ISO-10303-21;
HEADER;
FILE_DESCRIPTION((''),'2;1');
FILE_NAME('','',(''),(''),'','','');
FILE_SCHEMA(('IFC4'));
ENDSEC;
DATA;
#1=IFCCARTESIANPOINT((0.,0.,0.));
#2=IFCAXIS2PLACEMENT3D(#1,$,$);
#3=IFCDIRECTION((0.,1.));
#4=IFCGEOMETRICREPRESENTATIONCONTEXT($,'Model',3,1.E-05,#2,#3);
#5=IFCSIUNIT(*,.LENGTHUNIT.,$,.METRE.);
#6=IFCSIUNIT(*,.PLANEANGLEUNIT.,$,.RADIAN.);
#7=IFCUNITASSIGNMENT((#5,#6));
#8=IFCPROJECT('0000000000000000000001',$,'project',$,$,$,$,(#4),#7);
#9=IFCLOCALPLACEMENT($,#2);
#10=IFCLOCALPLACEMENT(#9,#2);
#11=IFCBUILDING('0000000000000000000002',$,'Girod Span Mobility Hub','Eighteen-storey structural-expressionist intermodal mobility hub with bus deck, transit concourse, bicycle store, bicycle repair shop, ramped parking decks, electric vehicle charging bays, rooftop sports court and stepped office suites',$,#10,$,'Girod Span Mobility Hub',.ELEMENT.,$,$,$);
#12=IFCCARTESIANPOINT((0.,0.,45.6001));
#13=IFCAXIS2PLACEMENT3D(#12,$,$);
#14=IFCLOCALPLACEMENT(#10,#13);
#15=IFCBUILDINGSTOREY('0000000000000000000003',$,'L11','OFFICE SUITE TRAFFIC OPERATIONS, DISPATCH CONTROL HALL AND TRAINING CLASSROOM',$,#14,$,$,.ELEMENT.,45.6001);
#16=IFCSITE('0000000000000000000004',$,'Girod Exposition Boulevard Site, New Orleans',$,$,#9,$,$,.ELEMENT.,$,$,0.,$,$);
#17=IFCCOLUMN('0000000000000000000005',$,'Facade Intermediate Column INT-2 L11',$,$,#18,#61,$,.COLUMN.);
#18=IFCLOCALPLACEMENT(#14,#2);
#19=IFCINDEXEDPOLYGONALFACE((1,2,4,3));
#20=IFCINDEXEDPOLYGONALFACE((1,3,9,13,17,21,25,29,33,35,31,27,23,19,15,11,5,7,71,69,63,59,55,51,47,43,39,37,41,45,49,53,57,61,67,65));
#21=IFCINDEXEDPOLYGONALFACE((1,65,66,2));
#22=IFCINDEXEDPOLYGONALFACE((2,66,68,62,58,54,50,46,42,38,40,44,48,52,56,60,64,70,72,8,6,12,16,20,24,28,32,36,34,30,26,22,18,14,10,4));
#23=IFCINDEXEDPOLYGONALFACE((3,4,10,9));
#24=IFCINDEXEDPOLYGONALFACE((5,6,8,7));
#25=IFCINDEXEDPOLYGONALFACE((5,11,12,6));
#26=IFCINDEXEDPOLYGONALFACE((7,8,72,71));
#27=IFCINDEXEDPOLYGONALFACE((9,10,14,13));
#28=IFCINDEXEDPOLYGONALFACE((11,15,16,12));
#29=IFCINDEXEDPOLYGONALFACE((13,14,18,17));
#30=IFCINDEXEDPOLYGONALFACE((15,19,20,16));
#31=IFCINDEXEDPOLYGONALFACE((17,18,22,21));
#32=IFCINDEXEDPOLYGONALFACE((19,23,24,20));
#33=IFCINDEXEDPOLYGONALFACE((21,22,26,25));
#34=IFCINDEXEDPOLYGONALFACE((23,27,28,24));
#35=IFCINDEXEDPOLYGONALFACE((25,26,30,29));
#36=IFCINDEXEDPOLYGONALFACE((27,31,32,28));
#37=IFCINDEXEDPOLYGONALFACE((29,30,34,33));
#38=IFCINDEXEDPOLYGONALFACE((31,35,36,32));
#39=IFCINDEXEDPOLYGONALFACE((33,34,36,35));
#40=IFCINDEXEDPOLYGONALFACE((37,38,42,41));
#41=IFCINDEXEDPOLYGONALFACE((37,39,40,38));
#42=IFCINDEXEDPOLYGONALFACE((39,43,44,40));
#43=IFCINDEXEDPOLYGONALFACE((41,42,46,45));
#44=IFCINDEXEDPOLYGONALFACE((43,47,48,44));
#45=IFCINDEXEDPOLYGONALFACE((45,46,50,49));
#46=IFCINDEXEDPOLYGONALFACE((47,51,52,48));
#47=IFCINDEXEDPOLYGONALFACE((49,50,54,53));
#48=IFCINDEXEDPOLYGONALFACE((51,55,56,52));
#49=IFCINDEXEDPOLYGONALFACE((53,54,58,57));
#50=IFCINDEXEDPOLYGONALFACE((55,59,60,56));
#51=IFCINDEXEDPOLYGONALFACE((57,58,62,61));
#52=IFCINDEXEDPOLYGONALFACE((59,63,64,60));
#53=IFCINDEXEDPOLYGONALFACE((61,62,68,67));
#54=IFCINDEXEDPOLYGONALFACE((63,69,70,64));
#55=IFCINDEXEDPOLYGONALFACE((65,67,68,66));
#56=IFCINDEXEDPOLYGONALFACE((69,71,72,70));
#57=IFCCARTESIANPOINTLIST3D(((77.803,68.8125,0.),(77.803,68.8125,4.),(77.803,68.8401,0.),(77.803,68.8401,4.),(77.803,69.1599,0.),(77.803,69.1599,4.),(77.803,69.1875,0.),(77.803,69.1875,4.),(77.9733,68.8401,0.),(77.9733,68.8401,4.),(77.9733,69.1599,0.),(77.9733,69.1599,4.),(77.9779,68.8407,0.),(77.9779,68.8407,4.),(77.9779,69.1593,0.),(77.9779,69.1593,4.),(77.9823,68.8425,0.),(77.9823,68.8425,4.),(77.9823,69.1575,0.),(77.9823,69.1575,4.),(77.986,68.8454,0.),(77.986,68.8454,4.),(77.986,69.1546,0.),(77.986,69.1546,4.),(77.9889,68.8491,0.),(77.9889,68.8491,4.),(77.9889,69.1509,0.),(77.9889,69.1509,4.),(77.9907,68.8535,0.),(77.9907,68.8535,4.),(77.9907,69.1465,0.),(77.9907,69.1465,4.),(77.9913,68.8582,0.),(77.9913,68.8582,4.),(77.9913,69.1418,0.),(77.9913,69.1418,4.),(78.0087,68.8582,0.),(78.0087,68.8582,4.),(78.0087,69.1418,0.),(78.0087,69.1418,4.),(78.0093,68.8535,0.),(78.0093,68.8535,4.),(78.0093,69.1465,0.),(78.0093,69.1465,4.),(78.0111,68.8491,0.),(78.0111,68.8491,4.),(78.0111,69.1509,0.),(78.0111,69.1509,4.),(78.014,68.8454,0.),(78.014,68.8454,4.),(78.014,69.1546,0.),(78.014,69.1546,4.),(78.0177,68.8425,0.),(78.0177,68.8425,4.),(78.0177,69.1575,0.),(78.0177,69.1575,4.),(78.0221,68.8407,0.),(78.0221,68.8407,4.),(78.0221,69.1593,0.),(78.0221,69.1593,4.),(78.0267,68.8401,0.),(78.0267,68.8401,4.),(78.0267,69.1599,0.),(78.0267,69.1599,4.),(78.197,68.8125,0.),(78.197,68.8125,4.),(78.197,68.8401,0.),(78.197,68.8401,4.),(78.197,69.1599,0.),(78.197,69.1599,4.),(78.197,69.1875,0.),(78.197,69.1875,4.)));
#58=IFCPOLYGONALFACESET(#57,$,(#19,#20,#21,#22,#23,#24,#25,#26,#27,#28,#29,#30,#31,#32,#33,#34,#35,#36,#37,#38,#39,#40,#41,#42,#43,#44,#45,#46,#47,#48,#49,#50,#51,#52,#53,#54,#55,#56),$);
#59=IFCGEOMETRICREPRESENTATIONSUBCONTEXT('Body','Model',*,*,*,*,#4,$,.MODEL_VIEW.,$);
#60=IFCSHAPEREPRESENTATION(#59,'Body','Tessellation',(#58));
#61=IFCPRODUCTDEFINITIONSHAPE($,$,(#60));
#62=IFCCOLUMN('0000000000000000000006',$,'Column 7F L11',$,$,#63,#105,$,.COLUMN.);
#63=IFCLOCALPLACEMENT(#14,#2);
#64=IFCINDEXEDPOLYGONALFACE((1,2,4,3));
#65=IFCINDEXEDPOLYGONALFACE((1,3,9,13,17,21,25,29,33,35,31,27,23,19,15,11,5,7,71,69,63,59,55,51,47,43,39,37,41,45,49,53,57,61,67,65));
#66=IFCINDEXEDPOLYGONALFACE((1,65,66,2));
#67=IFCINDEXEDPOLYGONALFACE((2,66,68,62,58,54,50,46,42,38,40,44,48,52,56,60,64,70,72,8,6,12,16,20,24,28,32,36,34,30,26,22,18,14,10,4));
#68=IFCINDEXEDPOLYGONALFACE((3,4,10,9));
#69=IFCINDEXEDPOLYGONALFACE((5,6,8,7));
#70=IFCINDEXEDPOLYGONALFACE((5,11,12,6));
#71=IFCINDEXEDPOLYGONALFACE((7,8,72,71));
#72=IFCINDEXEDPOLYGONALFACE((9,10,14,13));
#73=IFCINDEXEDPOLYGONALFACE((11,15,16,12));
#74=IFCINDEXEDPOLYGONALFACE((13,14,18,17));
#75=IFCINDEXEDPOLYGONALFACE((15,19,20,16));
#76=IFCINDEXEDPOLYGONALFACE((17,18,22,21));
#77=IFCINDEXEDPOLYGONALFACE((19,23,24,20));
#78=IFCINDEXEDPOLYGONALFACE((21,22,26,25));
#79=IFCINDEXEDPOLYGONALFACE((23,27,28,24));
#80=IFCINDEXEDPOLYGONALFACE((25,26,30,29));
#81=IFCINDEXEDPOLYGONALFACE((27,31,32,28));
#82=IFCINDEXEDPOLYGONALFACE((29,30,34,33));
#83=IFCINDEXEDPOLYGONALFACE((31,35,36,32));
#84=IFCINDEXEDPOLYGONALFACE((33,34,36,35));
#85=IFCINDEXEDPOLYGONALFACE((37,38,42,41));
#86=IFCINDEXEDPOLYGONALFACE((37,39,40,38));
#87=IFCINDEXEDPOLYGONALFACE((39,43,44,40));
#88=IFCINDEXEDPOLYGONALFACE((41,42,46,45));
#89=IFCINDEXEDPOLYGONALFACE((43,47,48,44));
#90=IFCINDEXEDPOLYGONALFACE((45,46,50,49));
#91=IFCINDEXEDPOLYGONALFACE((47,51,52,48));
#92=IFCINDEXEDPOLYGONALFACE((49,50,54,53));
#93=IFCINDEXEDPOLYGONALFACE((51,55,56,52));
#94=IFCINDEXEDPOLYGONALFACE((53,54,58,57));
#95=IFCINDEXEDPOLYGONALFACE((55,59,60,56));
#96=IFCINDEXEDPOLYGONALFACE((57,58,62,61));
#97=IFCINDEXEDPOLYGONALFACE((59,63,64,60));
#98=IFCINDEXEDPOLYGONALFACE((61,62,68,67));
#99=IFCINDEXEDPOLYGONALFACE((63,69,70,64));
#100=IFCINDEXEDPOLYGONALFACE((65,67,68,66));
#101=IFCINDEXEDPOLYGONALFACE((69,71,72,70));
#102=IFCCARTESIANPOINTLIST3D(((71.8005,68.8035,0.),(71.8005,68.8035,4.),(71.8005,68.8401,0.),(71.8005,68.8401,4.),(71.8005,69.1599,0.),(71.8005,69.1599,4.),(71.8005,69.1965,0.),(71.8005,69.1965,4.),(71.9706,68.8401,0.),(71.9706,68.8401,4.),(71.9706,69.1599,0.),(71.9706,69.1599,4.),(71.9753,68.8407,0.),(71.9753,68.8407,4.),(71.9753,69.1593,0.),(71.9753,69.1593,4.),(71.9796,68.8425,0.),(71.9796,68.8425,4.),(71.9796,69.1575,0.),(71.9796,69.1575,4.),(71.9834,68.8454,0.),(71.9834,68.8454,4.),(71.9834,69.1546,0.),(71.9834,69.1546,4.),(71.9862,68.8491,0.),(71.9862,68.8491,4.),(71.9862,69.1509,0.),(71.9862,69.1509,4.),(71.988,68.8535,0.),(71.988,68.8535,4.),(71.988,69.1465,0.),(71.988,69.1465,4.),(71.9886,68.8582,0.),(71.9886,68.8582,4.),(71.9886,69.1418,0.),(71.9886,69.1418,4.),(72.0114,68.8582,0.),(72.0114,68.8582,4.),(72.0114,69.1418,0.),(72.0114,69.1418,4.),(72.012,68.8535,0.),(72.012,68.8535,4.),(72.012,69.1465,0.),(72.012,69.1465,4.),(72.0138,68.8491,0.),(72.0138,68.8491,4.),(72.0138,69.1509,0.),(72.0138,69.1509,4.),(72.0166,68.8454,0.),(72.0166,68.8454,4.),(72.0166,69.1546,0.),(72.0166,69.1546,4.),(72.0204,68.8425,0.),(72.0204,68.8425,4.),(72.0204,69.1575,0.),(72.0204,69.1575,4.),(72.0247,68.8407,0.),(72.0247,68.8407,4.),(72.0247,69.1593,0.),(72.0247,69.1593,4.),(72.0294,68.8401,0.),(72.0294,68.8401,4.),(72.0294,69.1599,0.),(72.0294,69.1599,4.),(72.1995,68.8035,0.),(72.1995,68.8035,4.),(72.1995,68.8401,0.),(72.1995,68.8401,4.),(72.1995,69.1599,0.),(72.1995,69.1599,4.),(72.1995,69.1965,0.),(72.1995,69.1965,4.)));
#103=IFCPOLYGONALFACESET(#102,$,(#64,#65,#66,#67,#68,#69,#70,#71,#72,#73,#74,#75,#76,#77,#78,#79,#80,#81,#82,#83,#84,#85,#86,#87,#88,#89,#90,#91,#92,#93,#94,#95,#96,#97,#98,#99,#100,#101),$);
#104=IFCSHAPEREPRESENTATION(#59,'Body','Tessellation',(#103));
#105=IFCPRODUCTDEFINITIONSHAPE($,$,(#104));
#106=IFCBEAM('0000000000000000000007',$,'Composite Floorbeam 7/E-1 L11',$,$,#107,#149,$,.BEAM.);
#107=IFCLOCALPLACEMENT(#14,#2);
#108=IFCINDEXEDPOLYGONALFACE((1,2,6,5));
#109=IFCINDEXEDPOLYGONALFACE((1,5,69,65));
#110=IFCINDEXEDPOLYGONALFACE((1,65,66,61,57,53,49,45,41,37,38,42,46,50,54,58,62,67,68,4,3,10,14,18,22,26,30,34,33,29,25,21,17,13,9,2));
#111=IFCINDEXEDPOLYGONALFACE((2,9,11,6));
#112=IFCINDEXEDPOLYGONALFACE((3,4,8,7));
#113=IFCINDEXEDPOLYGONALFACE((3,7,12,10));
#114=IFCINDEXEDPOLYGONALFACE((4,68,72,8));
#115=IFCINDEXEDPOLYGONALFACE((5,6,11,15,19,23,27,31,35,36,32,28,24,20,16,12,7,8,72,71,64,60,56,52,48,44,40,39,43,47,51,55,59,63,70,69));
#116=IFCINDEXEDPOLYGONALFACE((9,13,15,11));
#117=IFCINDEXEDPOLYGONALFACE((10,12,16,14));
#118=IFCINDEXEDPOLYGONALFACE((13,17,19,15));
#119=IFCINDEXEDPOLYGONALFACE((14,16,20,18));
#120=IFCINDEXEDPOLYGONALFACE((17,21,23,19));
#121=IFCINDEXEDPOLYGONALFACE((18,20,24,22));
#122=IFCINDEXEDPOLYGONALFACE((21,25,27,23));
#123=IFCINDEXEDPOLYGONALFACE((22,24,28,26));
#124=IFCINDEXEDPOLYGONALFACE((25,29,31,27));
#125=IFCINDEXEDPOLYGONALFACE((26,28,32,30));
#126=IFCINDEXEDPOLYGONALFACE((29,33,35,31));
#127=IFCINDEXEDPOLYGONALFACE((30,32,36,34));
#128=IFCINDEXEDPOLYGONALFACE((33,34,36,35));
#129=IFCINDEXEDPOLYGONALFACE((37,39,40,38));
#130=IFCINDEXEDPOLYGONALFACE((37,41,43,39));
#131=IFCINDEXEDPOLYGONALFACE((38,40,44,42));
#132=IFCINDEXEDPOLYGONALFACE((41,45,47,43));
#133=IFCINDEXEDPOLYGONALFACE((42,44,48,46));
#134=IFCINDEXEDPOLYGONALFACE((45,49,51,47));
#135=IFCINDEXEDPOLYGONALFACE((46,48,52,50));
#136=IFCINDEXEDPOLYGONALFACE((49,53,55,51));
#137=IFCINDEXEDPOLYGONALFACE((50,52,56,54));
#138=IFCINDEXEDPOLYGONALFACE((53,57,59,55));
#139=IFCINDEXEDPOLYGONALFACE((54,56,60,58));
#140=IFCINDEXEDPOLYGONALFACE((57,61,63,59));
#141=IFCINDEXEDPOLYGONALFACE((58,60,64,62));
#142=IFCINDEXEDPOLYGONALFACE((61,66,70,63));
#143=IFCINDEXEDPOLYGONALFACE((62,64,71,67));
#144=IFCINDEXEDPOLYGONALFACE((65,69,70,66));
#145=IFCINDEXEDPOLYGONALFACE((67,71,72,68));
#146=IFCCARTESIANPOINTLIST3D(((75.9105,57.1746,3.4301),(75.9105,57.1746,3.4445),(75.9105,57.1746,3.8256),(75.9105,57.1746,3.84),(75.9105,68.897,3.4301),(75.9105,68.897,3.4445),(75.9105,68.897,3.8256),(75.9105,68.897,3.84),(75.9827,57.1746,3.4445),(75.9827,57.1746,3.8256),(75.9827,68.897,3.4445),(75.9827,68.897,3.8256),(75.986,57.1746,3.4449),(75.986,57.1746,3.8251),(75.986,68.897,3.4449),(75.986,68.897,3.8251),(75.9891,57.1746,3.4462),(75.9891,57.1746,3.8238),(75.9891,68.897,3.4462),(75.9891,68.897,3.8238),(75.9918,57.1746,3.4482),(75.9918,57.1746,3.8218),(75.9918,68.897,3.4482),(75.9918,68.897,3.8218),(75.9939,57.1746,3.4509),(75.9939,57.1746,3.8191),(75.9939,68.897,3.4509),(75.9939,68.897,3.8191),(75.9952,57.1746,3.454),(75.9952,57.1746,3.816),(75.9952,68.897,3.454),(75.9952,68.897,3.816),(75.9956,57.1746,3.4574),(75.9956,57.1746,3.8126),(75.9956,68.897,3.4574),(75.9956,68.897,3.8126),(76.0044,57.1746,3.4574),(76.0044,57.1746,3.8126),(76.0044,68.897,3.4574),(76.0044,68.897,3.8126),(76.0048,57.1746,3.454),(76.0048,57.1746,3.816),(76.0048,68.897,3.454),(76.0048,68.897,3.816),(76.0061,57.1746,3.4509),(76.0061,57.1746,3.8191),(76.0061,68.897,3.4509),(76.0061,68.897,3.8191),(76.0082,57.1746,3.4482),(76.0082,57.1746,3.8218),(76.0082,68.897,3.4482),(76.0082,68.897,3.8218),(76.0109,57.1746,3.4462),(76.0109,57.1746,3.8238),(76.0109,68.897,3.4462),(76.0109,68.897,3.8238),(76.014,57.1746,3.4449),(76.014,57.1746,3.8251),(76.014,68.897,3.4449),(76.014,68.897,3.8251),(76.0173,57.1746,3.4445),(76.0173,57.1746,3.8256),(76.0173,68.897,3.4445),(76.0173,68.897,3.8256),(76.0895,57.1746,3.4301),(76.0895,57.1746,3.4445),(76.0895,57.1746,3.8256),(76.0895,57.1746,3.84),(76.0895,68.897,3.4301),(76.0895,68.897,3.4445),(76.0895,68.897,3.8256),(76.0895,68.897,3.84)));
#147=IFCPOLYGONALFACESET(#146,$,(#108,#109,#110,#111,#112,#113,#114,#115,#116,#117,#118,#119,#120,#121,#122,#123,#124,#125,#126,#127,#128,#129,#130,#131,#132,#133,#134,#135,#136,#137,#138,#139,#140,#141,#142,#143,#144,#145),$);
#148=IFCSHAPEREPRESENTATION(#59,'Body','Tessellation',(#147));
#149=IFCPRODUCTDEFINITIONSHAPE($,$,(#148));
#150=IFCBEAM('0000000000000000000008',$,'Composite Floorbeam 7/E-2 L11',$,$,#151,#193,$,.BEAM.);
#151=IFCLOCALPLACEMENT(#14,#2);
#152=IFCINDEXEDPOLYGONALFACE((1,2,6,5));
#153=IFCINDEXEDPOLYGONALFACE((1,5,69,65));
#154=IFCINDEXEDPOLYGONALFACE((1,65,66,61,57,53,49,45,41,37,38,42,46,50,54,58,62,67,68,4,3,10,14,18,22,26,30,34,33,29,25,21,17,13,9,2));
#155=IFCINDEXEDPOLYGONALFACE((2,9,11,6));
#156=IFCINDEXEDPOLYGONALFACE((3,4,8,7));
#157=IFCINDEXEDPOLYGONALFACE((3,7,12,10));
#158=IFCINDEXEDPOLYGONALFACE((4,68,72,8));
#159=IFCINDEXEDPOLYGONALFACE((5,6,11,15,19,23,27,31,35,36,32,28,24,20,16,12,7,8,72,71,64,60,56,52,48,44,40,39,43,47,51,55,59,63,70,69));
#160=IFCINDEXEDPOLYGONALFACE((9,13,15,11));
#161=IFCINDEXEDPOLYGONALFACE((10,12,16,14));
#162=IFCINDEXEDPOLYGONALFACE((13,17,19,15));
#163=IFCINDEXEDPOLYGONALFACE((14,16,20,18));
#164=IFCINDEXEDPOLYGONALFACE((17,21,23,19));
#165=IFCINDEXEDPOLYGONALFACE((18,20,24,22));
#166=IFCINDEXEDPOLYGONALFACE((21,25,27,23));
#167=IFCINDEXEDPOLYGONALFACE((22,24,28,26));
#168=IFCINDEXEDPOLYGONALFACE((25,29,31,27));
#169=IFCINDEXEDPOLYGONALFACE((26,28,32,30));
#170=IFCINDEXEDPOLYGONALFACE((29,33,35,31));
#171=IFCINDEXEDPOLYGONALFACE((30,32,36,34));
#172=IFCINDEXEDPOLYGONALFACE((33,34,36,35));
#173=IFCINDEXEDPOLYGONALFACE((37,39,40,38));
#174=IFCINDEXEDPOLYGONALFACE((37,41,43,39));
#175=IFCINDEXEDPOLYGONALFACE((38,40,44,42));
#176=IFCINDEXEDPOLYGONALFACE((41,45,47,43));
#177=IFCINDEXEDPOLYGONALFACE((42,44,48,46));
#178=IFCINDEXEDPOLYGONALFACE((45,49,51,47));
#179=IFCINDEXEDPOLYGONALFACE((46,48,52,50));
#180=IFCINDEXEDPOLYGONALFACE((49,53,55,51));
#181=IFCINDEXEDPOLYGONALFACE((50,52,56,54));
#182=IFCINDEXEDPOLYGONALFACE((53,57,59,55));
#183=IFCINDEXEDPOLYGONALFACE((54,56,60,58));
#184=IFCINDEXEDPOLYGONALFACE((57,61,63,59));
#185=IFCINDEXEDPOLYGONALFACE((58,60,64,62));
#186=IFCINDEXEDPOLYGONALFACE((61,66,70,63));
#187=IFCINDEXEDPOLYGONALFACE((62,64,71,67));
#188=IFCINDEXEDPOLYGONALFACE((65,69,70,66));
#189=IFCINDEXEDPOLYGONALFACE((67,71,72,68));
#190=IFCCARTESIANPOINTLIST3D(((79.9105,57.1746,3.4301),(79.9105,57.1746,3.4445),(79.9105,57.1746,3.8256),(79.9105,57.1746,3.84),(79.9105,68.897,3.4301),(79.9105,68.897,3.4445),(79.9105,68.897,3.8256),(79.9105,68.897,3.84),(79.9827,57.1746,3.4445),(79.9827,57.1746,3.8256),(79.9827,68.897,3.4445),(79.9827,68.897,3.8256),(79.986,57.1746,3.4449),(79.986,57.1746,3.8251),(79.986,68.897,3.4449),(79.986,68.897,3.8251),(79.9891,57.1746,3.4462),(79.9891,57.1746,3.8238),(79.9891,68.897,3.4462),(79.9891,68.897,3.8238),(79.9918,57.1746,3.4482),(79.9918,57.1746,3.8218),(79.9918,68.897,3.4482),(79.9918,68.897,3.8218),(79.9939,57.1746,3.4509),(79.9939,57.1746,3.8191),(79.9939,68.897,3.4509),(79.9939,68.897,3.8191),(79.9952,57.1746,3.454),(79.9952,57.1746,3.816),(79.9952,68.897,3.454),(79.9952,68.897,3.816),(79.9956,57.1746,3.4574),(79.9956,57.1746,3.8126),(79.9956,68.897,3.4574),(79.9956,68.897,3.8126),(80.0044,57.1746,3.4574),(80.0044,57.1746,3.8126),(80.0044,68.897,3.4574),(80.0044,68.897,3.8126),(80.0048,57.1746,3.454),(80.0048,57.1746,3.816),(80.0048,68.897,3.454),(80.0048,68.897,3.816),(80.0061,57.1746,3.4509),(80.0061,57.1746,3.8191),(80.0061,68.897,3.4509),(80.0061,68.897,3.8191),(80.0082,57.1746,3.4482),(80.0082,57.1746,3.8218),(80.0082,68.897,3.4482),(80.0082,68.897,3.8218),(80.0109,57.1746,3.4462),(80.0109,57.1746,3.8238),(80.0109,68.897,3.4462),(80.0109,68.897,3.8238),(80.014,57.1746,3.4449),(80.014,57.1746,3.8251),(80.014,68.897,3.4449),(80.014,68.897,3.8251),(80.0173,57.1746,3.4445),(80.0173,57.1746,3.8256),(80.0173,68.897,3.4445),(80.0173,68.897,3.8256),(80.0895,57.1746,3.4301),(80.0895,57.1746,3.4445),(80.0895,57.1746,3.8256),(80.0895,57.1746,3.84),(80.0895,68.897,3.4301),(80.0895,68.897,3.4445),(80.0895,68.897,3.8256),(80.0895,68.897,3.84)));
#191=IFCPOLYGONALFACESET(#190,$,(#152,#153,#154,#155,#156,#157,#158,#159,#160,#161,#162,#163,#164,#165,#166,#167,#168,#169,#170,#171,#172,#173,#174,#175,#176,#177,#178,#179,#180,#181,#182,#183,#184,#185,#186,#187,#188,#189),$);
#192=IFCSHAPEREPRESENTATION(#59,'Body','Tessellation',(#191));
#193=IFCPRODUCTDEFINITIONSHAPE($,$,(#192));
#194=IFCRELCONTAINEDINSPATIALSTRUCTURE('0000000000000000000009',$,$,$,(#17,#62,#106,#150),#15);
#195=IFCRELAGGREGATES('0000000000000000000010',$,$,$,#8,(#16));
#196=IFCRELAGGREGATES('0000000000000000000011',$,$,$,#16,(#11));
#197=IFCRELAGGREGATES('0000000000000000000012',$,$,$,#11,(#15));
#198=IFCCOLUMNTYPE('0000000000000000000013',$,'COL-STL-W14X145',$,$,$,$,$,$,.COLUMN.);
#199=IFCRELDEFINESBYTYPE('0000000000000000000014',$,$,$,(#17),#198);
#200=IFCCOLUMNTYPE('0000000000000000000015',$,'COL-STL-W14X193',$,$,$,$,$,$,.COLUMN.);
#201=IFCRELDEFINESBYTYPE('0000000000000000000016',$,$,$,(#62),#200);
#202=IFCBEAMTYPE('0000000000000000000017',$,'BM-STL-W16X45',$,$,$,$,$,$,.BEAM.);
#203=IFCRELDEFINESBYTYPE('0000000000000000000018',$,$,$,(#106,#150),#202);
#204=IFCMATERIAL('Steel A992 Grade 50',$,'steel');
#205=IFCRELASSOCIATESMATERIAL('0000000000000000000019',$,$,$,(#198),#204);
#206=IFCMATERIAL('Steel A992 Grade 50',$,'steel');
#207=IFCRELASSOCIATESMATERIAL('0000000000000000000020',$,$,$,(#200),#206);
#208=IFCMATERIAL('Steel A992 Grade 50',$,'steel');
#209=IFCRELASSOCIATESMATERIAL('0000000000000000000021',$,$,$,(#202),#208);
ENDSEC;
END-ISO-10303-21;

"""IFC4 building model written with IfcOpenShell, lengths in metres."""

from ifc_helpers import new_model, si_unit, direction, frame, origin, origin_2d, place, context, subcontext, project, spatial, i_section, extrude, material, material_profile, profile_set, type_object, element, save


model = new_model("IFC4")

# Units and contexts
model_context = context("Model", 3, precision=1e-05, world=origin(), true_north=direction((0.0, 1.0)))
body_context = subcontext(model_context, "Body", "Model", "MODEL_VIEW")
ifc_project = project(units=[si_unit("LENGTHUNIT", "METRE"), si_unit("PLANEANGLEUNIT", "RADIAN")], contexts=[model_context])

# Site, building, storey
site_placement = place(None, origin())
site = spatial("IfcSite", under=ifc_project, at=site_placement, Name="Girod Exposition Boulevard Site, New Orleans", CompositionType="ELEMENT", RefElevation=0.0)
building_placement = place(site_placement, origin())
building = spatial("IfcBuilding", under=site, at=building_placement, Name="Girod Span Mobility Hub", Description="Eighteen-storey structural-expressionist intermodal mobility hub with bus deck, transit concourse, bicycle store, bicycle repair shop, ramped parking decks, electric vehicle charging bays, rooftop sports court and stepped office suites", LongName="Girod Span Mobility Hub", CompositionType="ELEMENT")
storey_placement = place(building_placement, frame((0.0, 0.0, 45.6001)))
storey = spatial("IfcBuildingStorey", under=building, at=storey_placement, Name="L11", Description="OFFICE SUITE TRAFFIC OPERATIONS, DISPATCH CONTROL HALL AND TRAINING CLASSROOM", CompositionType="ELEMENT", Elevation=45.6001)

# Columns
ifc_material_1 = material(Name="Steel A992 Grade 50", Category="steel")
ifc_material_profile_1 = material_profile(ifc_material_1, i_section(OverallWidth=0.394, OverallDepth=0.375, WebThickness=0.0173, FlangeThickness=0.0276, FilletRadius=0.0181, at=origin_2d()), Name="W14X145")
ifc_profile_set_1 = profile_set([ifc_material_profile_1], Name="Steel A992 Grade 50")
column_type_1 = type_object("IfcColumnType", Name="COL-STL-W14X145", PredefinedType="COLUMN", material=ifc_profile_set_1)
column_1_placement = place(storey_placement, frame((78.0, 69.0, 0.0), z_axis=(0.0, 0.0, 1.0), x_axis=(1.0, 0.0, 0.0)))
element("IfcColumn", 1, at=column_1_placement, inside=storey, type_object=column_type_1, Name="Facade Intermediate Column INT-2 L11", PredefinedType="COLUMN", context=body_context, shape_type="SweptSolid", body=[
    extrude(i_section(OverallWidth=0.394, OverallDepth=0.375, WebThickness=0.0173, FlangeThickness=0.0276, FilletRadius=0.0181, at=origin_2d()), origin(), (0.0, 0.0, 1.0), 4.0),
])
ifc_material_2 = material(Name="Steel A992 Grade 50", Category="steel")
ifc_material_profile_2 = material_profile(ifc_material_2, i_section(OverallWidth=0.3989, OverallDepth=0.3931, WebThickness=0.0227, FlangeThickness=0.0366, FilletRadius=0.0181, at=origin_2d()), Name="W14X193")
ifc_profile_set_2 = profile_set([ifc_material_profile_2], Name="Steel A992 Grade 50")
column_type_2 = type_object("IfcColumnType", Name="COL-STL-W14X193", PredefinedType="COLUMN", material=ifc_profile_set_2)
column_2_placement = place(storey_placement, frame((72.0, 69.0, 0.0), z_axis=(0.0, 0.0, 1.0), x_axis=(1.0, 0.0, 0.0)))
element("IfcColumn", 2, at=column_2_placement, inside=storey, type_object=column_type_2, Name="Column 7F L11", PredefinedType="COLUMN", context=body_context, shape_type="SweptSolid", body=[
    extrude(i_section(OverallWidth=0.3989, OverallDepth=0.3931, WebThickness=0.0227, FlangeThickness=0.0366, FilletRadius=0.0181, at=origin_2d()), origin(), (0.0, 0.0, 1.0), 4.0),
])

# Beams
ifc_material_3 = material(Name="Steel A992 Grade 50", Category="steel")
ifc_material_profile_3 = material_profile(ifc_material_3, i_section(OverallWidth=0.179, OverallDepth=0.4099, WebThickness=0.0088, FlangeThickness=0.0144, FilletRadius=0.0129, at=origin_2d()), Name="W16X45")
ifc_profile_set_3 = profile_set([ifc_material_profile_3], Name="Steel A992 Grade 50")
beam_type_1 = type_object("IfcBeamType", Name="BM-STL-W16X45", PredefinedType="BEAM", material=ifc_profile_set_3)
for number, where, z_axis, x_axis, name in (
    (3, (76.0, 57.1746, 3.635), (0.0, 1.0, 0.0), (-1.0, 0.0, 0.0), "Composite Floorbeam 7/E-1 L11"),
    (4, (80.0, 57.1746, 3.635), (0.0, 1.0, 0.0), (-1.0, 0.0, 0.0), "Composite Floorbeam 7/E-2 L11"),
):
    element("IfcBeam", number, at=place(storey_placement, frame(where, z_axis=z_axis, x_axis=x_axis)), inside=storey, type_object=beam_type_1, Name=name, PredefinedType="BEAM", context=body_context, shape_type="SweptSolid", body=[
        extrude(i_section(OverallWidth=0.179, OverallDepth=0.4099, WebThickness=0.0088, FlangeThickness=0.0144, FilletRadius=0.0129, at=origin_2d()), origin(), (0.0, 0.0, 1.0), 11.7224),
    ])

save(model, "model.ifc")
